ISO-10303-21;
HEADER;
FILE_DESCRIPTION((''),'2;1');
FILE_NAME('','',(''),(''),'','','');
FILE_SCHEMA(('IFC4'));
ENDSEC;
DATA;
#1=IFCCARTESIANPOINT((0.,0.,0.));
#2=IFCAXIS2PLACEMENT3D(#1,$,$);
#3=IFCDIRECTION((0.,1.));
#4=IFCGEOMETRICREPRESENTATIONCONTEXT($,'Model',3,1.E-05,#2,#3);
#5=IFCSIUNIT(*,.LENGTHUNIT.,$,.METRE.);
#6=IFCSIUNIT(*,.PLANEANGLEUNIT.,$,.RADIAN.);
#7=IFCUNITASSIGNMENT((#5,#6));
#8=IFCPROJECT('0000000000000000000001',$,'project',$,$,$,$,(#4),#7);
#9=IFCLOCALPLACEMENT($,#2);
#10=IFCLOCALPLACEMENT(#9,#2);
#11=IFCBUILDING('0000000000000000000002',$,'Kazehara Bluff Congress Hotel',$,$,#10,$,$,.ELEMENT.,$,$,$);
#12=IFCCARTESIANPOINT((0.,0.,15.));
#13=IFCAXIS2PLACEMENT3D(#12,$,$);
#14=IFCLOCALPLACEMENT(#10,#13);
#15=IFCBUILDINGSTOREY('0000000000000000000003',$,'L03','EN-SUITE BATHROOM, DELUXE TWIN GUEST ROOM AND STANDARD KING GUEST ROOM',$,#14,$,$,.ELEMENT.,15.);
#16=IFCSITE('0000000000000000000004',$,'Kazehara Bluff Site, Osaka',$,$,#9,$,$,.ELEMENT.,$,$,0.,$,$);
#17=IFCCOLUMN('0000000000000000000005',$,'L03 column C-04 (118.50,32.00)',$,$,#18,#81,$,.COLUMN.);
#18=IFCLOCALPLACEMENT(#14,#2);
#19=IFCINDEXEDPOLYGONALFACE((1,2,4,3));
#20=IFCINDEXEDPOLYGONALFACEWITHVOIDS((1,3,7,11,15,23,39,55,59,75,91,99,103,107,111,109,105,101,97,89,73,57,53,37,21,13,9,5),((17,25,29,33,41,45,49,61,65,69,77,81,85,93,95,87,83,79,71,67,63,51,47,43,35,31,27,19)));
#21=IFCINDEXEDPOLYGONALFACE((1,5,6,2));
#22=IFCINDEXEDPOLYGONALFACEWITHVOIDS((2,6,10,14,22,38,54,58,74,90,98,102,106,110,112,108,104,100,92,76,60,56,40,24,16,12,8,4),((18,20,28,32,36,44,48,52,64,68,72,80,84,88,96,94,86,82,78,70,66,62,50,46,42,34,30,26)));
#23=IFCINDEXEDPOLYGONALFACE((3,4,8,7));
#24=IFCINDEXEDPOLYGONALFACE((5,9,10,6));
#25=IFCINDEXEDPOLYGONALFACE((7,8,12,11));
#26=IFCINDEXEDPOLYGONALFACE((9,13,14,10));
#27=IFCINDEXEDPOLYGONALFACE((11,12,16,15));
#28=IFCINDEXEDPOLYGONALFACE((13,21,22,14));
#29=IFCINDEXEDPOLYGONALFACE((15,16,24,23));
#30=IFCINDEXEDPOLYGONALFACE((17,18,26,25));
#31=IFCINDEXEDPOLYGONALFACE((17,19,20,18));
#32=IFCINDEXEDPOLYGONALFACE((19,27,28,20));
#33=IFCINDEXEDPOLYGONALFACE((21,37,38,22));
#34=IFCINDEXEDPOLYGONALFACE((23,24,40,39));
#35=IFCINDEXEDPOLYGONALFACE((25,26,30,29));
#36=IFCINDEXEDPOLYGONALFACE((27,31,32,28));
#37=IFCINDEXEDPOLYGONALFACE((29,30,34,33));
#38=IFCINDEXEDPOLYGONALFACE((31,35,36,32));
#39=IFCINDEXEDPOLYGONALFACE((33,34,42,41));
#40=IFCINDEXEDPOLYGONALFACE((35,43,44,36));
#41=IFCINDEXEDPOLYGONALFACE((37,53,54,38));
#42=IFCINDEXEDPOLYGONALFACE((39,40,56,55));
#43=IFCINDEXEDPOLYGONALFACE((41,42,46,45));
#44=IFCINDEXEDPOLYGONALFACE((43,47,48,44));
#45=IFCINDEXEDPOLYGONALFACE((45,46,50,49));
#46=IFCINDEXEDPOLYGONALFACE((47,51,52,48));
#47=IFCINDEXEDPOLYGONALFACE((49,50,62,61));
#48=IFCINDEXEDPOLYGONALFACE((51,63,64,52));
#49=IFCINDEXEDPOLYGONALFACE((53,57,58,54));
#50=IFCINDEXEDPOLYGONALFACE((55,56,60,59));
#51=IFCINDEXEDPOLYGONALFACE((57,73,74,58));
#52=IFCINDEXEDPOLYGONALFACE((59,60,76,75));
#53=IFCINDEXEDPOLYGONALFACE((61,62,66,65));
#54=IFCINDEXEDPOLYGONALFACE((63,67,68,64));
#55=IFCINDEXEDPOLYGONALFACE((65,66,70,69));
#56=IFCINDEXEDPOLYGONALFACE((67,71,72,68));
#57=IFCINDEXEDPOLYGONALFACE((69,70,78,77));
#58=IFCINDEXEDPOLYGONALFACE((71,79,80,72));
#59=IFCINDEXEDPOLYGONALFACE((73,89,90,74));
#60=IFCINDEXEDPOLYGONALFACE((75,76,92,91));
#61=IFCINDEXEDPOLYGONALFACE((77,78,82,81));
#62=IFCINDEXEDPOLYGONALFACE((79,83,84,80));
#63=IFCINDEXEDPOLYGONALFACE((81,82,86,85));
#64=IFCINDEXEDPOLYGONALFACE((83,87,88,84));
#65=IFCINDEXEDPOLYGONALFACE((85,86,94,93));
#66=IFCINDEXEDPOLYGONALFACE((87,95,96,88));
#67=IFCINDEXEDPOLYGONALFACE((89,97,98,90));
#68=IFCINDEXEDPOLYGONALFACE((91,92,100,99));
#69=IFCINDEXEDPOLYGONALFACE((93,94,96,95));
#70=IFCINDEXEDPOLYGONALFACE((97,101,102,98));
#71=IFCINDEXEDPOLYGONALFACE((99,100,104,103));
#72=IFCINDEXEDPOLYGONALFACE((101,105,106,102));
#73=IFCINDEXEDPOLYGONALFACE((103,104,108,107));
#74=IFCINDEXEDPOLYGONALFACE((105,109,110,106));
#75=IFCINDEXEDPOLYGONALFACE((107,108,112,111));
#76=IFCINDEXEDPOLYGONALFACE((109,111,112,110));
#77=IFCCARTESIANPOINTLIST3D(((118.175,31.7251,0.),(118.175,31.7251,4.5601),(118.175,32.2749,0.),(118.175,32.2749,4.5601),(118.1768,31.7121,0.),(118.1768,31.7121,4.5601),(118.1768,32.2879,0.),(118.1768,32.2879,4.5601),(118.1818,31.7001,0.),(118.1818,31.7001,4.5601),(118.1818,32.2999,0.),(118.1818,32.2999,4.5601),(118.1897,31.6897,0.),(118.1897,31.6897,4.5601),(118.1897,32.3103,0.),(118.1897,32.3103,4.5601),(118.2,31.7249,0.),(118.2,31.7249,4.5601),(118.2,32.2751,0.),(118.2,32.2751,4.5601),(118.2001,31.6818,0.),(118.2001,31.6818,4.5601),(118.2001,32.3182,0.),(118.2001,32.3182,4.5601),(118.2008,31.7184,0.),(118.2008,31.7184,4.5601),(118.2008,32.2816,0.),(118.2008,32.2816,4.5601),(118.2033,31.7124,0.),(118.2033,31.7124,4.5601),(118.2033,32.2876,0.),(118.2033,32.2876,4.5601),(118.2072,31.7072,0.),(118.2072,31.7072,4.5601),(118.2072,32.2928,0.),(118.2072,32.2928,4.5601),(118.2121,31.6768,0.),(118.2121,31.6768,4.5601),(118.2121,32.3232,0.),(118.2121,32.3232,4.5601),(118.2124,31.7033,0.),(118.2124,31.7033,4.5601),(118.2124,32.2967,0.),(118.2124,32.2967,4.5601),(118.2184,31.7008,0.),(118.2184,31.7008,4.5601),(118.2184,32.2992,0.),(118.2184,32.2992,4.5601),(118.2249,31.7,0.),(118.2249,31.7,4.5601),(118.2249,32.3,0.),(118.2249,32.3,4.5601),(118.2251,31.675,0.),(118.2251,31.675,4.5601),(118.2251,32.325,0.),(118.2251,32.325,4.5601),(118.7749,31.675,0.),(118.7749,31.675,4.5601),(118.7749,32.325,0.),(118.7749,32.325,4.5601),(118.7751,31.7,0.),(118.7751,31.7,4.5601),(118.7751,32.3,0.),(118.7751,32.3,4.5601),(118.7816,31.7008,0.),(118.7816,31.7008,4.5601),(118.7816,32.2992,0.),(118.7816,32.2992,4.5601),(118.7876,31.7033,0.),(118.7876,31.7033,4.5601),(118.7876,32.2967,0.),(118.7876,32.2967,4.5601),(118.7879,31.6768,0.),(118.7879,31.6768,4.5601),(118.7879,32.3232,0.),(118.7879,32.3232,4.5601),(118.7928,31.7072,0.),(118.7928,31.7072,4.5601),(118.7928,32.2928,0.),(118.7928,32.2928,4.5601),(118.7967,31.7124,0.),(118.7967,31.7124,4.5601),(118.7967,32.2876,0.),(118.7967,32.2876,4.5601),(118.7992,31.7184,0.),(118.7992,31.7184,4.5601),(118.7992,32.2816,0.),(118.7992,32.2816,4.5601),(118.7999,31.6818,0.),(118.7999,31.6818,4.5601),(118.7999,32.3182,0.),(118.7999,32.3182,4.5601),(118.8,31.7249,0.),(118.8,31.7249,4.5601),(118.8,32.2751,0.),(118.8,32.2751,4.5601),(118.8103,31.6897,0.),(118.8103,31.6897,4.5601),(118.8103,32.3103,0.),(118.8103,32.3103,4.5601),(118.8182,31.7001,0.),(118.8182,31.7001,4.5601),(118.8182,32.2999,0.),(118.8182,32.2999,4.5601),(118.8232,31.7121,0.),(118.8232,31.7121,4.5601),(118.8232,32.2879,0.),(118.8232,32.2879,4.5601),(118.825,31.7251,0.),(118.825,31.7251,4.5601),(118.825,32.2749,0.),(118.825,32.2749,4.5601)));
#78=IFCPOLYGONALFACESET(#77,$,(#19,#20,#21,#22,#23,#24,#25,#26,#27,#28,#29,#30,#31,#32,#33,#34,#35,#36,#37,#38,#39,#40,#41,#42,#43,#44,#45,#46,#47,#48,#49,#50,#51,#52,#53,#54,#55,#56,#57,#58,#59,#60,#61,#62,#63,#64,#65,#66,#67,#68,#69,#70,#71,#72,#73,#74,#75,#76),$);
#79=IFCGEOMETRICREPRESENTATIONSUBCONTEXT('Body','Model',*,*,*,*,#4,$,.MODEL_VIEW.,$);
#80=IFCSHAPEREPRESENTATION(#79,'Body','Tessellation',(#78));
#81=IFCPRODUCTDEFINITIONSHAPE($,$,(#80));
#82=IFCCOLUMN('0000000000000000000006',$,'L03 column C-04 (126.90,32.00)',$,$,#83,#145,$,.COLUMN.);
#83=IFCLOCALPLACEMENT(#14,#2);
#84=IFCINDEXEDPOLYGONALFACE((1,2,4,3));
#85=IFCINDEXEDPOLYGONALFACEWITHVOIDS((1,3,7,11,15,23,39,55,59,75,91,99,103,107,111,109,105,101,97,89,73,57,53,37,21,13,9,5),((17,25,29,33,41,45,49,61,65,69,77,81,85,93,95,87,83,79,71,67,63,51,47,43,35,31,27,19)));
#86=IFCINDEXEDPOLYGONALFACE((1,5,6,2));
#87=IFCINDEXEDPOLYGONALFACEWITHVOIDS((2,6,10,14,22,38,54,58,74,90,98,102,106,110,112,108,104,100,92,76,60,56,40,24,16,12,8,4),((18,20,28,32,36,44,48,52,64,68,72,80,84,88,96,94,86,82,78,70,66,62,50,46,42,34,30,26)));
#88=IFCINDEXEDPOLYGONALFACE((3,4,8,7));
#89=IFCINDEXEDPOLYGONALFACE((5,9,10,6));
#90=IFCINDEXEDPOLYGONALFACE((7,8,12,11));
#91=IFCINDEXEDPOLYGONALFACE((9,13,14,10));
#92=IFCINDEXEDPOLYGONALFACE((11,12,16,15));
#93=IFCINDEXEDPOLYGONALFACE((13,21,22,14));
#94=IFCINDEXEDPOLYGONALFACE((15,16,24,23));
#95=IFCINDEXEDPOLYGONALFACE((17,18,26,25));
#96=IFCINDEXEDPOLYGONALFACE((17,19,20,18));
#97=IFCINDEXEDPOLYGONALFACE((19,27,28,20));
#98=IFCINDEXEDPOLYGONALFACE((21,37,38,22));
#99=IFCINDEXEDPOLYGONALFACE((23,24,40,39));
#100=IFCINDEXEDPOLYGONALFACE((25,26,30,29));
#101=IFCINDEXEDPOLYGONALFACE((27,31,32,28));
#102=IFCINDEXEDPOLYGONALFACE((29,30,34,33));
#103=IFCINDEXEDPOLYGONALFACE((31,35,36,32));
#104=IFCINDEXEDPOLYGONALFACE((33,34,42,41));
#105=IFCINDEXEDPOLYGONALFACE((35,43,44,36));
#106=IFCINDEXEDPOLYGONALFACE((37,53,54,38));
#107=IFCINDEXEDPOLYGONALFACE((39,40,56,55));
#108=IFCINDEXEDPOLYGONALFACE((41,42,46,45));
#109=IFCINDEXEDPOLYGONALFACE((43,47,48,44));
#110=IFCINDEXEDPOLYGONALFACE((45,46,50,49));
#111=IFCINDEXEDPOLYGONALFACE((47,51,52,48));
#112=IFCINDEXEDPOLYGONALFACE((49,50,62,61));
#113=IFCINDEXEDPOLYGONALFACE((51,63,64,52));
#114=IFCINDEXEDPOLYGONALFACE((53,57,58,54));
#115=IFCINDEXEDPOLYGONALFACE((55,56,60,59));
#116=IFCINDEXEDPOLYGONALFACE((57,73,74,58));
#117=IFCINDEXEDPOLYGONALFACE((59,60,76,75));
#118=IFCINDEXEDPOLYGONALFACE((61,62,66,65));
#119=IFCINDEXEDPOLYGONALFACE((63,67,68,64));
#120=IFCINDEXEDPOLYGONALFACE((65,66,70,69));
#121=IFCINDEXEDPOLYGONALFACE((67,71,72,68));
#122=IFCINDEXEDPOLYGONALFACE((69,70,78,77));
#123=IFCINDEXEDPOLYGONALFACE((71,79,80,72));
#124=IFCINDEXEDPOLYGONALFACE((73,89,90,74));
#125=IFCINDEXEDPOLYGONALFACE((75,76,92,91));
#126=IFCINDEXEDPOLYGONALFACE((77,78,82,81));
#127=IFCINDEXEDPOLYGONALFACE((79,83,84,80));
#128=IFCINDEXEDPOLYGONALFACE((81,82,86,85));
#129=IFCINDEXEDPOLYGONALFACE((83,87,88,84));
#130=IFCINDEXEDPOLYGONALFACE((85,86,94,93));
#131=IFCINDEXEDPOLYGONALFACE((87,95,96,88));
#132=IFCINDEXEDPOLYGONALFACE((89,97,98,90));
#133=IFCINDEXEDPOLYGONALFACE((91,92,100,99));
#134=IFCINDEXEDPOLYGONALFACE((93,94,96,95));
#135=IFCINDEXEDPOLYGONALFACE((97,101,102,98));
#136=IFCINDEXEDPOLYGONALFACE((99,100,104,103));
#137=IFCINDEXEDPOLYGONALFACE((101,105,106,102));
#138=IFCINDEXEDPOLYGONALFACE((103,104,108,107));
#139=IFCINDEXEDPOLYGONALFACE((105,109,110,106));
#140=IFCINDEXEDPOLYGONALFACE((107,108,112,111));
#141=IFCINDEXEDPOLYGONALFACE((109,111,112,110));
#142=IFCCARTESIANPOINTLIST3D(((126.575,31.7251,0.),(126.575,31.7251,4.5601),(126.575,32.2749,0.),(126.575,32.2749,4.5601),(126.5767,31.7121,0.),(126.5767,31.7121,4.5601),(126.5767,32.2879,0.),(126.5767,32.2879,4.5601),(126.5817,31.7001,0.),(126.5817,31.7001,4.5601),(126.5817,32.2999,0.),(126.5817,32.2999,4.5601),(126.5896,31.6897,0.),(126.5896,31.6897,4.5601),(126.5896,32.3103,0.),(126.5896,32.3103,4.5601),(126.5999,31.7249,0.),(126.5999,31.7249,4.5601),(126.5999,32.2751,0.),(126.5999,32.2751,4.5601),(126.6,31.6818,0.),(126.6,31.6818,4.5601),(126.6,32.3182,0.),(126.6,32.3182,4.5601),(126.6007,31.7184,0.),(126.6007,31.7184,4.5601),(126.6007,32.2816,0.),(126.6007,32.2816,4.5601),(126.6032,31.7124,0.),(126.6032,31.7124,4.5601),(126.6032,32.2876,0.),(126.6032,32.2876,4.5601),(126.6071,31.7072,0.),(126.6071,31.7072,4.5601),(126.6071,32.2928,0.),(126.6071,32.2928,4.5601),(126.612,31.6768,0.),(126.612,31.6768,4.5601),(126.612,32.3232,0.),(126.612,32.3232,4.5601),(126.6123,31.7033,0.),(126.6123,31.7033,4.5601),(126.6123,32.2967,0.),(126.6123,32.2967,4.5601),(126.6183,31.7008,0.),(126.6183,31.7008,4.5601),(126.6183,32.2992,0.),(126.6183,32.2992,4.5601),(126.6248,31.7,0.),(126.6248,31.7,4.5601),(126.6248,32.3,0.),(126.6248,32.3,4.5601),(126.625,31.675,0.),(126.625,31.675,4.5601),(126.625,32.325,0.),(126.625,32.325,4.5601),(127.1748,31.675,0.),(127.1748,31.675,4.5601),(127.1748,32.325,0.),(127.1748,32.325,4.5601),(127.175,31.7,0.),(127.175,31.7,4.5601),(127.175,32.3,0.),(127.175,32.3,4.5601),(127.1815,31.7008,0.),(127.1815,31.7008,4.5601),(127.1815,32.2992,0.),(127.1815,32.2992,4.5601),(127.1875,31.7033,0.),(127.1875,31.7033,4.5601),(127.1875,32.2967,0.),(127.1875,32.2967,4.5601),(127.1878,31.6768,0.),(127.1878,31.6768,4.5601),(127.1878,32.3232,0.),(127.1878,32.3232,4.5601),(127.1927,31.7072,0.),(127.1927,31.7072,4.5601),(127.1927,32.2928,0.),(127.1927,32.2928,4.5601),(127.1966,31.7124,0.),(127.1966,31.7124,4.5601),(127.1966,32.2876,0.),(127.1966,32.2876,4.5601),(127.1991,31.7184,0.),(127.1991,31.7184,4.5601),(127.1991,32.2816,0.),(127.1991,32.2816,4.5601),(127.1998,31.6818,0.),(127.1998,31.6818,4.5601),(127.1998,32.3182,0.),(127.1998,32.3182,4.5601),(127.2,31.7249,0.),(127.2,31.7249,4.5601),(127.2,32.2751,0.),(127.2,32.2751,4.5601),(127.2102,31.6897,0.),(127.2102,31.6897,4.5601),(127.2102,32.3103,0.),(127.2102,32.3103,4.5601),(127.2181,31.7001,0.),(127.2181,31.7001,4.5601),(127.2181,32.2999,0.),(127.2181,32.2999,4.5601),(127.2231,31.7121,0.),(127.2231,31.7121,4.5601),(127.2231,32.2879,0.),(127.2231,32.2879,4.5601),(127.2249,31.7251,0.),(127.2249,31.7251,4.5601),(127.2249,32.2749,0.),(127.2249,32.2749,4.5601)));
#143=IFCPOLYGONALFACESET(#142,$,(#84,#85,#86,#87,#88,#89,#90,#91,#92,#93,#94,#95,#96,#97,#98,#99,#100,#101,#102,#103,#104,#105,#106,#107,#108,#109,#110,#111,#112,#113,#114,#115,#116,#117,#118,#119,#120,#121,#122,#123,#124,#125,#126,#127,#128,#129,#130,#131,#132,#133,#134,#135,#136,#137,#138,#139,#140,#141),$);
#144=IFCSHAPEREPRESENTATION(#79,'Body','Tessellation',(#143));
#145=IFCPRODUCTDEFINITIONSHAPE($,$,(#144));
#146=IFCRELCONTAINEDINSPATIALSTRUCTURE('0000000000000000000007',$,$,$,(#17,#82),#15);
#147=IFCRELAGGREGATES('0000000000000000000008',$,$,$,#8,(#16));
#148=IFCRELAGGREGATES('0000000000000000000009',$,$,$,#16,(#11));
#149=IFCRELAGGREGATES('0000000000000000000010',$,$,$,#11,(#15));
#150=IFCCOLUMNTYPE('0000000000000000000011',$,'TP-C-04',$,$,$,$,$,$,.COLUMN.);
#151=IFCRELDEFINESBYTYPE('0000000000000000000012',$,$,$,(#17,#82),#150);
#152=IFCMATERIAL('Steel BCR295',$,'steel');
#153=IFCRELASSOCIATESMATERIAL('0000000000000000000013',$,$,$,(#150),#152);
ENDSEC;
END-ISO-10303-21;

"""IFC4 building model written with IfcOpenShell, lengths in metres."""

from ifc_helpers import new_model, si_unit, direction, frame, origin, origin_2d, place, context, subcontext, project, spatial, hollow_rectangle, extrude, material, material_profile, profile_set, type_object, element, save


model = new_model("IFC4")

# Units and contexts
model_context = context("Model", 3, precision=1e-05, world=origin(), true_north=direction((0.0, 1.0)))
body_context = subcontext(model_context, "Body", "Model", "MODEL_VIEW")
ifc_project = project(units=[si_unit("LENGTHUNIT", "METRE"), si_unit("PLANEANGLEUNIT", "RADIAN")], contexts=[model_context])

# Site, building, storey
site_placement = place(None, origin())
site = spatial("IfcSite", under=ifc_project, at=site_placement, Name="Kazehara Bluff Site, Osaka", CompositionType="ELEMENT", RefElevation=0.0)
building_placement = place(site_placement, origin())
building = spatial("IfcBuilding", under=site, at=building_placement, Name="Kazehara Bluff Congress Hotel", CompositionType="ELEMENT")
storey_placement = place(building_placement, frame((0.0, 0.0, 15.0)))
storey = spatial("IfcBuildingStorey", under=building, at=storey_placement, Name="L03", Description="EN-SUITE BATHROOM, DELUXE TWIN GUEST ROOM AND STANDARD KING GUEST ROOM", CompositionType="ELEMENT", Elevation=15.0)

# Columns
ifc_material_1 = material(Name="Steel BCR295", Category="steel")
ifc_material_profile_1 = material_profile(ifc_material_1, hollow_rectangle(XDim=0.6499, YDim=0.6499, WallThickness=0.0249, InnerFilletRadius=0.0249, OuterFilletRadius=0.05, at=origin_2d()))
ifc_profile_set_1 = profile_set([ifc_material_profile_1], Name="Steel BCR295")
column_type = type_object("IfcColumnType", Name="TP-C-04", PredefinedType="COLUMN", material=ifc_profile_set_1)
for number, where, z_axis, x_axis, name in (
    (1, (118.5, 32.0, 0.0), (0.0, 0.0, 1.0), (1.0, 0.0, 0.0), "L03 column C-04 (118.50,32.00)"),
    (2, (126.8999, 32.0, 0.0), (0.0, 0.0, 1.0), (1.0, 0.0, 0.0), "L03 column C-04 (126.90,32.00)"),
):
    element("IfcColumn", number, at=place(storey_placement, frame(where, z_axis=z_axis, x_axis=x_axis)), inside=storey, type_object=column_type, Name=name, PredefinedType="COLUMN", context=body_context, shape_type="SweptSolid", body=[
        extrude(hollow_rectangle(XDim=0.6499, YDim=0.6499, WallThickness=0.0249, InnerFilletRadius=0.0249, OuterFilletRadius=0.05, at=origin_2d()), origin(), (0.0, 0.0, 1.0), 4.5601),
    ])

save(model, "model.ifc")
